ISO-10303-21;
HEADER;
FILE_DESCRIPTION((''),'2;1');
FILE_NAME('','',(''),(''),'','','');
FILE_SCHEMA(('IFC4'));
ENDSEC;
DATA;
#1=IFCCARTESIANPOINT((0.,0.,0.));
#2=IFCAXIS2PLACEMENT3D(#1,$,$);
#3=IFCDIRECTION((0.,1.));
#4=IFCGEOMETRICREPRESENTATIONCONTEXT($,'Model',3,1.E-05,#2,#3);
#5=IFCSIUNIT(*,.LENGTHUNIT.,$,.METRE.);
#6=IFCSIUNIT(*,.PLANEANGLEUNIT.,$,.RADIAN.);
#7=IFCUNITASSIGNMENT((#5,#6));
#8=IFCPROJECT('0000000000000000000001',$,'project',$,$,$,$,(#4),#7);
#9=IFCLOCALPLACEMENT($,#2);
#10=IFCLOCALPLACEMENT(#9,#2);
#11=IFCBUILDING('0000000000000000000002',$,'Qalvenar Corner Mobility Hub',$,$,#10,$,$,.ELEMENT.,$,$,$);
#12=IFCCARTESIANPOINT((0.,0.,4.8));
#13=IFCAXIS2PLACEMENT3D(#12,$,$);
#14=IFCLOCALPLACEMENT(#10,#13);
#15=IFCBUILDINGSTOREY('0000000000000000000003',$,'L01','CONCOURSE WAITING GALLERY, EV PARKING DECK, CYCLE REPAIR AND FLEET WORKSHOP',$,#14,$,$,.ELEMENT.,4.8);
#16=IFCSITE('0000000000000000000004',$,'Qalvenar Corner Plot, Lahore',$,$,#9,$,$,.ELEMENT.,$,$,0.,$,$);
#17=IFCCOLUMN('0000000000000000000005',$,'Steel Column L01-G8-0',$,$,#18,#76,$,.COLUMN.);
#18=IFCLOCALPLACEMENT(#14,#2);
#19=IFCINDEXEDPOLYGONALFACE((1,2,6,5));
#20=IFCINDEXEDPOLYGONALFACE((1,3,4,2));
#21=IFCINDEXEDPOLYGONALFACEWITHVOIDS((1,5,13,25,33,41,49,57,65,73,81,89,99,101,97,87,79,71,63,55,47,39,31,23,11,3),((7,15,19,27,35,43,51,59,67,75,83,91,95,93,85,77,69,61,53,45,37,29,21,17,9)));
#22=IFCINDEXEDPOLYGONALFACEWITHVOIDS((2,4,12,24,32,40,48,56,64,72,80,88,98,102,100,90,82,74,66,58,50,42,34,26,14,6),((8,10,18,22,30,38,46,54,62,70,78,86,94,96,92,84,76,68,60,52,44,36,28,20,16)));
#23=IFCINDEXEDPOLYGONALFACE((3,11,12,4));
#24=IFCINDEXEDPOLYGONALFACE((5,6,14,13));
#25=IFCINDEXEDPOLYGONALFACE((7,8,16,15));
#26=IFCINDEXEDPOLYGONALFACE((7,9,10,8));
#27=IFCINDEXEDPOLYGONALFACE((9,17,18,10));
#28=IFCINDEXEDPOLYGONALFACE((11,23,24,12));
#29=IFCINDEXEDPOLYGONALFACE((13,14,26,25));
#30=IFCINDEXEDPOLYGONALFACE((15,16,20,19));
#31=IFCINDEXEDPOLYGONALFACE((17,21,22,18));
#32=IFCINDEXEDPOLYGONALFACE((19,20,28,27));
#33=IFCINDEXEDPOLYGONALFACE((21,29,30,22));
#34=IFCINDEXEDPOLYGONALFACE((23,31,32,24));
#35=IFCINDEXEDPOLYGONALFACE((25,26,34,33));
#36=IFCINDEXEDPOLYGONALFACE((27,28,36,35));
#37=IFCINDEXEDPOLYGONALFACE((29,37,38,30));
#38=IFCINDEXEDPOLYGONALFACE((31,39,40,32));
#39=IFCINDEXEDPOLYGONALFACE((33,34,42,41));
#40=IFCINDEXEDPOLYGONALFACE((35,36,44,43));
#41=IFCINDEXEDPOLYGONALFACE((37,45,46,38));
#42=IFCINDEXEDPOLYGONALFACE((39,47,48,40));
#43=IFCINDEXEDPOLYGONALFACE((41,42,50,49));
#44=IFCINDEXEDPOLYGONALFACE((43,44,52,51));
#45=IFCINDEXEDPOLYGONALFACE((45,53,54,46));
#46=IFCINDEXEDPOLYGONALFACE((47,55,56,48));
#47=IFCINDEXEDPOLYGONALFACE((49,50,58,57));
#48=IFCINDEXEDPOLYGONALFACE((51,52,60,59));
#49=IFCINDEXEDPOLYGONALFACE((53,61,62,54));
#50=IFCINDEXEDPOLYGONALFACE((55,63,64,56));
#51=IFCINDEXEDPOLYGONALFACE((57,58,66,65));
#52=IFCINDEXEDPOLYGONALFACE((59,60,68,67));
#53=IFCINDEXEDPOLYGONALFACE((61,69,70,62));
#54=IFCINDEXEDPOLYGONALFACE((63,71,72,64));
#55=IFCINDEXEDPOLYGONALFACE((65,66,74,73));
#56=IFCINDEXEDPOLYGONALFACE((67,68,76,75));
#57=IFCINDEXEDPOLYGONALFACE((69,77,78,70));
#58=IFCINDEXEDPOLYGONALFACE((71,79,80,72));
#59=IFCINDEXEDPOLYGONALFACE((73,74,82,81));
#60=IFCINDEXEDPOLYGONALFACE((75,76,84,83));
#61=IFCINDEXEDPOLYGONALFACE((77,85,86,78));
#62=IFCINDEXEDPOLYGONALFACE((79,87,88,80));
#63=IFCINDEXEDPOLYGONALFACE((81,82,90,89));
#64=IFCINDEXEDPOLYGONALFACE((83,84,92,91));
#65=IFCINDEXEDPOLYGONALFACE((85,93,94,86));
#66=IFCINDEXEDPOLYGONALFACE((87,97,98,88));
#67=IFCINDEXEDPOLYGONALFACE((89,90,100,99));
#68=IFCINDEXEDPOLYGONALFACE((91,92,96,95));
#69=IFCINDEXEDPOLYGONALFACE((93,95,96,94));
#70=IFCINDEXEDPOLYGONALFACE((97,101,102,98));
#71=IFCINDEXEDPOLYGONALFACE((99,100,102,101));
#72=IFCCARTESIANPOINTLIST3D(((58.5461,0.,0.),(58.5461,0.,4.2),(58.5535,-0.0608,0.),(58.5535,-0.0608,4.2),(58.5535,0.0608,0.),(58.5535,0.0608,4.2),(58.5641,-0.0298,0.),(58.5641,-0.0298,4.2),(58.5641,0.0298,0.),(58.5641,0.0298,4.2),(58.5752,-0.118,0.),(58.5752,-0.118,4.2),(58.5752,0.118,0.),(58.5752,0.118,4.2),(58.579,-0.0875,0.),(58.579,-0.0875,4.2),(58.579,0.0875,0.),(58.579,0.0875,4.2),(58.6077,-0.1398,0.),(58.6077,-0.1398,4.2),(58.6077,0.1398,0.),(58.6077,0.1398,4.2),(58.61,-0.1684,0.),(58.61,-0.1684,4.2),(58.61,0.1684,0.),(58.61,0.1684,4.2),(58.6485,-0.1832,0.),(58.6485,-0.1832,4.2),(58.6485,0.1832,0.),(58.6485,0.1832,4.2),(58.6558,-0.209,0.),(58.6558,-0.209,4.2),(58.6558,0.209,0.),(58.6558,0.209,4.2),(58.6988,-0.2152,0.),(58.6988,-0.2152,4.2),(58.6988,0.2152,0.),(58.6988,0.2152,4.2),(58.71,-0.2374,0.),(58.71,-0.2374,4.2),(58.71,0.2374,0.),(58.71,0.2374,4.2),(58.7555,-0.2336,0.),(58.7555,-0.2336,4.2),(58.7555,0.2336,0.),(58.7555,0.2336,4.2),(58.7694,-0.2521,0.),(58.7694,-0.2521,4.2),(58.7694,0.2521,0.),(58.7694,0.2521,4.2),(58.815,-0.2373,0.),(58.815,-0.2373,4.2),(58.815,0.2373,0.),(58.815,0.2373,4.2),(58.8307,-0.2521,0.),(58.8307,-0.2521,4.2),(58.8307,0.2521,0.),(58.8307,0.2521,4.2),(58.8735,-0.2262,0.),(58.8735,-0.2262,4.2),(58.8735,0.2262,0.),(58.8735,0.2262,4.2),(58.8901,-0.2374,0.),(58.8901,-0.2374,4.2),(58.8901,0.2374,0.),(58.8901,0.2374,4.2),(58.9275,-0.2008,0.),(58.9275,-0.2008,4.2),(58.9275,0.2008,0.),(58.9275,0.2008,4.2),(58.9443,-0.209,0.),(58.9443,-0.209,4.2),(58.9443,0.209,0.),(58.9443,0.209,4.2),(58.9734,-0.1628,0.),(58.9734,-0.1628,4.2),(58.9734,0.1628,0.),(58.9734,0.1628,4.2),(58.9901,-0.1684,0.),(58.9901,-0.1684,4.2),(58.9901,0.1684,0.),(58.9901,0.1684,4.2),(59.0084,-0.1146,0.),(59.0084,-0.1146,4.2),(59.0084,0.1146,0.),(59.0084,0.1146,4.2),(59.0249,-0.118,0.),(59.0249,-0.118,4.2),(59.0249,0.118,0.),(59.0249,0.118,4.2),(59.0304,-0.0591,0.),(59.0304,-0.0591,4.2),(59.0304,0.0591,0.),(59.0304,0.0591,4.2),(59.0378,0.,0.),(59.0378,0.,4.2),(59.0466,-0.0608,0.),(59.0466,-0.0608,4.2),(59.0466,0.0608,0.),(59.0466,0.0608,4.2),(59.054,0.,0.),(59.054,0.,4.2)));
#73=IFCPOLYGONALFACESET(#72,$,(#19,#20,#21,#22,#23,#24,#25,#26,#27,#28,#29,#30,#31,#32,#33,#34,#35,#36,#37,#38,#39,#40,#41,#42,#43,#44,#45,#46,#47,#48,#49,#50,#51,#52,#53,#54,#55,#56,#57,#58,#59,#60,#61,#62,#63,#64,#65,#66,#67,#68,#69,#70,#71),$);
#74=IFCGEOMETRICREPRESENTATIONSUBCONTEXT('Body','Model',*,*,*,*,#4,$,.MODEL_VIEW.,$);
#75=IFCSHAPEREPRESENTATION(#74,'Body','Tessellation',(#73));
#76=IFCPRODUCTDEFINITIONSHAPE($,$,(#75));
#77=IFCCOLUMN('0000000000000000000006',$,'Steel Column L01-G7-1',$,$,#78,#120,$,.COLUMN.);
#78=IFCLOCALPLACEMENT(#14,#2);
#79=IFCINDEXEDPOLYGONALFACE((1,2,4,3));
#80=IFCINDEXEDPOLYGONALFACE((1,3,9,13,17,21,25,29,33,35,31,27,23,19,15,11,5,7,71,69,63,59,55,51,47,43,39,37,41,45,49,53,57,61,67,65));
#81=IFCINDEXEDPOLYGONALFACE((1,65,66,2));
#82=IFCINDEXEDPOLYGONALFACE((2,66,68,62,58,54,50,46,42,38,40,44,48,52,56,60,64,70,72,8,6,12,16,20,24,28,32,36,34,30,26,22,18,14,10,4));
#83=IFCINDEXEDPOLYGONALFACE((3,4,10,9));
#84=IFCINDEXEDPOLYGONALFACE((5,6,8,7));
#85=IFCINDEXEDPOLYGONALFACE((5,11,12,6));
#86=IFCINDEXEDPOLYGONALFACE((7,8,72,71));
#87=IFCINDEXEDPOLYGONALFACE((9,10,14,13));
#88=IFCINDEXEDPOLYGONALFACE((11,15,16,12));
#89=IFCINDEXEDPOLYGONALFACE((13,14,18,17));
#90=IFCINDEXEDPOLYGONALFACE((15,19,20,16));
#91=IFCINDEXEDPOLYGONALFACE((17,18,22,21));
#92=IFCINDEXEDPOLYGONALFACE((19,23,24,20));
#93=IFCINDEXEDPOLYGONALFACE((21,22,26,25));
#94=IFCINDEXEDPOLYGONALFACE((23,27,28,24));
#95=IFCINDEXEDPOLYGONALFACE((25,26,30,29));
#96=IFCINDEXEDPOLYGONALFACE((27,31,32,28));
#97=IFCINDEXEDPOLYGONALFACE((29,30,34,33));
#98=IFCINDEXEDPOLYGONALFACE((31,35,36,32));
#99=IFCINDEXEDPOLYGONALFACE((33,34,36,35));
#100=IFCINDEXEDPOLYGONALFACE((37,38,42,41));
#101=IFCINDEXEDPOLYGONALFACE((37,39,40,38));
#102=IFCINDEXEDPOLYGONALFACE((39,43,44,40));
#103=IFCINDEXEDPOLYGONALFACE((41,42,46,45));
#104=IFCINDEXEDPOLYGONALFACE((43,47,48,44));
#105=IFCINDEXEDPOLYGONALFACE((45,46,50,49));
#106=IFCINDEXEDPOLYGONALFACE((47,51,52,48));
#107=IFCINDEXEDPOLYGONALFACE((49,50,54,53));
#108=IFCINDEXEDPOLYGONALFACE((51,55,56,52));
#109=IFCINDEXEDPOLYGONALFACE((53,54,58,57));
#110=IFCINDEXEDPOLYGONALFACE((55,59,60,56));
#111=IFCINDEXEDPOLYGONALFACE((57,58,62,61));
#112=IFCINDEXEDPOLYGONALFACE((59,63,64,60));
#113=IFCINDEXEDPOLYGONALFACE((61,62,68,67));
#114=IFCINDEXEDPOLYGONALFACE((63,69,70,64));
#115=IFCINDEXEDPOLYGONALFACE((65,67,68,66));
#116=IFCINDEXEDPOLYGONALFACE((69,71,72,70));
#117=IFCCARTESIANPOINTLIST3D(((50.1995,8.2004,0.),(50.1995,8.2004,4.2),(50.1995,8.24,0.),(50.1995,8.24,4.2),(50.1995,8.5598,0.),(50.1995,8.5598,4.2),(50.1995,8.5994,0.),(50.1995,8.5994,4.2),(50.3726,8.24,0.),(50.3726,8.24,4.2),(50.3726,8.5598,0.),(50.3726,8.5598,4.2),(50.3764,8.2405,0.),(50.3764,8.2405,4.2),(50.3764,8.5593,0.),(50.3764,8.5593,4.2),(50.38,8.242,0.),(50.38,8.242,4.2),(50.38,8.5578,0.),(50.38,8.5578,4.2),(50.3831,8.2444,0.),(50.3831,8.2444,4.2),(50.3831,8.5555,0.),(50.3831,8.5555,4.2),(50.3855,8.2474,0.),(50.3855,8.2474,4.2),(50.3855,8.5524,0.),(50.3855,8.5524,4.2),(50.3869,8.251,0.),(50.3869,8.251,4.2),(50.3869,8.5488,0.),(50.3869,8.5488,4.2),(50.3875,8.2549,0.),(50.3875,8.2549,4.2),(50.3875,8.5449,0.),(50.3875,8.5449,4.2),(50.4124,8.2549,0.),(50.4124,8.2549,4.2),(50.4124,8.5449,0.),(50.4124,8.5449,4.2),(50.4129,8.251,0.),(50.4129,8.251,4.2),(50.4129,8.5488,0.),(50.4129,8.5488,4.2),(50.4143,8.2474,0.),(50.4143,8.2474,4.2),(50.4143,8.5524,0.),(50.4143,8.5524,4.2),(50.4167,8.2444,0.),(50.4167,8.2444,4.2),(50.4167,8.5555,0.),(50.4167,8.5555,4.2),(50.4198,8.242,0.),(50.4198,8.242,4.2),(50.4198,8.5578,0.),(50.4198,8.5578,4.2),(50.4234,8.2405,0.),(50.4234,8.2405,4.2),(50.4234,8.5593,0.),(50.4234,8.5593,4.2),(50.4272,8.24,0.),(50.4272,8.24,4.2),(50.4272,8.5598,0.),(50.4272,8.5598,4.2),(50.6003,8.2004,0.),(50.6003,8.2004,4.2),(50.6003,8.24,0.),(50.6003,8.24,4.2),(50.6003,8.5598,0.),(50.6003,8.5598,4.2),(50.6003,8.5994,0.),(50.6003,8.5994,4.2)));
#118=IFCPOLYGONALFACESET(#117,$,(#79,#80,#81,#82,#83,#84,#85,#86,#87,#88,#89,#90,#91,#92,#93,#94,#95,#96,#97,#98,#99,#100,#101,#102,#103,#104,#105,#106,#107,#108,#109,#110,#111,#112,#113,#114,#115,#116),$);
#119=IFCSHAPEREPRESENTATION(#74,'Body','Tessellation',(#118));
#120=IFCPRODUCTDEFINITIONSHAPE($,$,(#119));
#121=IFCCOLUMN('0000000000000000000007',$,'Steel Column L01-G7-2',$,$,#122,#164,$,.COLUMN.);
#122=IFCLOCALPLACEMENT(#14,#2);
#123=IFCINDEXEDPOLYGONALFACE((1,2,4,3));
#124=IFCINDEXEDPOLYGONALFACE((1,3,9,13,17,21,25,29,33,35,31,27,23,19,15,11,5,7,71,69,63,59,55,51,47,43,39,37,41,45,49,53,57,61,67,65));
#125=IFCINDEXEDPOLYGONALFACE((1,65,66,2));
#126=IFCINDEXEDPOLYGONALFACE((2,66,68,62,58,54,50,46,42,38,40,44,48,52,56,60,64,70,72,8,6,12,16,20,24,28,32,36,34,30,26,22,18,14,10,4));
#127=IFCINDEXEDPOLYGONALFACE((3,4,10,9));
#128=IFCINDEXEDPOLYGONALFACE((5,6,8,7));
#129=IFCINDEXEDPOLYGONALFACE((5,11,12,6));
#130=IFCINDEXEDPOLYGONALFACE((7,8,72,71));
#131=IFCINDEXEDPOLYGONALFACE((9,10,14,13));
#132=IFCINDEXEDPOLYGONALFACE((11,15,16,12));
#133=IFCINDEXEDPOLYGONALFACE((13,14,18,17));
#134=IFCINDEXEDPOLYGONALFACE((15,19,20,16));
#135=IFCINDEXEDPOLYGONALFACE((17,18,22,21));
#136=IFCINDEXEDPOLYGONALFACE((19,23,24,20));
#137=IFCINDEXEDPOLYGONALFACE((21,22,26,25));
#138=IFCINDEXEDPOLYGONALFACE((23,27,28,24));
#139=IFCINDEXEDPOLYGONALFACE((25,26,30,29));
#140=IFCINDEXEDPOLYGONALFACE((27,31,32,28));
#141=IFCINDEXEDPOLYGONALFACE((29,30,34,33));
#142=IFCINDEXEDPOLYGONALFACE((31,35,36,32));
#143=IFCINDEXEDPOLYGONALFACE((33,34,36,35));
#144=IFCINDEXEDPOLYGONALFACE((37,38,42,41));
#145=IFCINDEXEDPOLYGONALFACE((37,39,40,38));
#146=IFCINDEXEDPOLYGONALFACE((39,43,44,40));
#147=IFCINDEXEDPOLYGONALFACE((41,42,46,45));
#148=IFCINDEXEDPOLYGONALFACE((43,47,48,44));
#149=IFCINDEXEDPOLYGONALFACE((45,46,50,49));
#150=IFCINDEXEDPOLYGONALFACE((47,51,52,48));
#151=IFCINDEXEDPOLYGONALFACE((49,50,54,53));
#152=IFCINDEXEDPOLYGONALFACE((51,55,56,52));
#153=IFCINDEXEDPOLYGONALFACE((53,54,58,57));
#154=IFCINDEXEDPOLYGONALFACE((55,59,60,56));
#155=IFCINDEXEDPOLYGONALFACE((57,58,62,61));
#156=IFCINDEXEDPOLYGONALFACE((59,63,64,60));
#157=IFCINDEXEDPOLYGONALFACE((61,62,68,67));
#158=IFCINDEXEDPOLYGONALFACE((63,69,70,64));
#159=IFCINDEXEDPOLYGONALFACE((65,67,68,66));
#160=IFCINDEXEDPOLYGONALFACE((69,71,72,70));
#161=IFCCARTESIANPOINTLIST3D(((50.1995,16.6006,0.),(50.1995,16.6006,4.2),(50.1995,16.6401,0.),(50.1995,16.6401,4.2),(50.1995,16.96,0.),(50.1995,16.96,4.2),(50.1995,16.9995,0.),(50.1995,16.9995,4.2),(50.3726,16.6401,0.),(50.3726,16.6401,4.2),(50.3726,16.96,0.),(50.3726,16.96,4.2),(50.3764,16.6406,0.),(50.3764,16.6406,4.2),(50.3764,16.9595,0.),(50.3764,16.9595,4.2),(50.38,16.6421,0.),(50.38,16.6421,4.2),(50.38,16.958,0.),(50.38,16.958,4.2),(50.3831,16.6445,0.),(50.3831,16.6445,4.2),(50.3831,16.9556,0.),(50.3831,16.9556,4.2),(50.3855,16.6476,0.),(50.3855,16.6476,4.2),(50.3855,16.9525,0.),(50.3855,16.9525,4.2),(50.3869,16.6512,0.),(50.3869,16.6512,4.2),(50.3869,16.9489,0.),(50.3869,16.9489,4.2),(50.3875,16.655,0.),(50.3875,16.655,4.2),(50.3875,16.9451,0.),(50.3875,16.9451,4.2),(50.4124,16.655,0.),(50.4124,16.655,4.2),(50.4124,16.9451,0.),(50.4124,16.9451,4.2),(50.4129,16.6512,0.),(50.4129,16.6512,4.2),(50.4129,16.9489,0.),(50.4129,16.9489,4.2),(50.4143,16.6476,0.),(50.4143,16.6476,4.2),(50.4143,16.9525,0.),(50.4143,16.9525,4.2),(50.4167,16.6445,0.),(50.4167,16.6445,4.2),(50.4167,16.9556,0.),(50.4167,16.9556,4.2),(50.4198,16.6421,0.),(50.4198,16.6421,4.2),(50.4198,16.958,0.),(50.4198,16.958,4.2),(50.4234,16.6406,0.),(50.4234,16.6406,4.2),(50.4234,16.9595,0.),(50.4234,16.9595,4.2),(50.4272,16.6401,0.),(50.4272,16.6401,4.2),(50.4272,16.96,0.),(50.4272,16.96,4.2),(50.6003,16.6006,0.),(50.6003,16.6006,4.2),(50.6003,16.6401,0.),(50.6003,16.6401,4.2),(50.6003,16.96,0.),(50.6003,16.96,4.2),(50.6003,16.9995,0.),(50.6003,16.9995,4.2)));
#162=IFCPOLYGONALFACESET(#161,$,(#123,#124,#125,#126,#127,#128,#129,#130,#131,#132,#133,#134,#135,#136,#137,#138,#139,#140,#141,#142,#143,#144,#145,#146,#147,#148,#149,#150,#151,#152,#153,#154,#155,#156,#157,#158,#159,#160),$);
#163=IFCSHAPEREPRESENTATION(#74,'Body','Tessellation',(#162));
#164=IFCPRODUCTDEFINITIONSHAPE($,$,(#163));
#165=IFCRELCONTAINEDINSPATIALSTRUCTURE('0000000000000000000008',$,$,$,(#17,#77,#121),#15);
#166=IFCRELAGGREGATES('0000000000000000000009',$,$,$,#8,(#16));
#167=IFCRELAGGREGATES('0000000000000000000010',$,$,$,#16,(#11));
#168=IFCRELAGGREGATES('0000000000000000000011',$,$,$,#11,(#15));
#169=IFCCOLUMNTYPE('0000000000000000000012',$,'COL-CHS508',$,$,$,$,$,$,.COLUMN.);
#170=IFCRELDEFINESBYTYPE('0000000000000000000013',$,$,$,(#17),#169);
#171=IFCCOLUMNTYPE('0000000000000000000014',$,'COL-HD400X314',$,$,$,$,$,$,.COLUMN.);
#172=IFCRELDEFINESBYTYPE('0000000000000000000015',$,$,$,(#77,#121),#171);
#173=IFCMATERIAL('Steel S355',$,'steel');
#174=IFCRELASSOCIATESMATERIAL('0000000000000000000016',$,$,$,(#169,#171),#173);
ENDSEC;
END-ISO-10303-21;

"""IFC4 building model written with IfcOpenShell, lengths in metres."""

from ifc_helpers import new_model, si_unit, direction, frame, origin, origin_2d, place, context, subcontext, project, spatial, hollow_circle, i_section, extrude, material, material_profile, profile_set, type_object, element, save


model = new_model("IFC4")

# Units and contexts
model_context = context("Model", 3, precision=1e-05, world=origin(), true_north=direction((0.0, 1.0)))
body_context = subcontext(model_context, "Body", "Model", "MODEL_VIEW")
ifc_project = project(units=[si_unit("LENGTHUNIT", "METRE"), si_unit("PLANEANGLEUNIT", "RADIAN")], contexts=[model_context])

# Site, building, storey
site_placement = place(None, origin())
site = spatial("IfcSite", under=ifc_project, at=site_placement, Name="Qalvenar Corner Plot, Lahore", CompositionType="ELEMENT", RefElevation=0.0)
building_placement = place(site_placement, origin())
building = spatial("IfcBuilding", under=site, at=building_placement, Name="Qalvenar Corner Mobility Hub", CompositionType="ELEMENT")
storey_placement = place(building_placement, frame((0.0, 0.0, 4.8)))
storey = spatial("IfcBuildingStorey", under=building, at=storey_placement, Name="L01", Description="CONCOURSE WAITING GALLERY, EV PARKING DECK, CYCLE REPAIR AND FLEET WORKSHOP", CompositionType="ELEMENT", Elevation=4.8)

# Columns
ifc_material_1 = material(Name="Steel S355", Category="steel")
ifc_material_profile_1 = material_profile(ifc_material_1, hollow_circle(Radius=0.2539, WallThickness=0.0161, at=origin_2d()), Name="CHS508x16")
ifc_profile_set_1 = profile_set([ifc_material_profile_1], Name="Steel S355")
column_type_1 = type_object("IfcColumnType", Name="COL-CHS508", PredefinedType="COLUMN", material=ifc_profile_set_1)
column_placement = place(storey_placement, frame((58.8, 0.0, 0.0), z_axis=(0.0, 0.0, 1.0), x_axis=(1.0, 0.0, 0.0)))
element("IfcColumn", 1, at=column_placement, inside=storey, type_object=column_type_1, Name="Steel Column L01-G8-0", PredefinedType="COLUMN", context=body_context, shape_type="SweptSolid", body=[
    extrude(hollow_circle(Radius=0.2539, WallThickness=0.0161, at=origin_2d()), origin(), (0.0, 0.0, 1.0), 4.2),
])
ifc_material_profile_2 = material_profile(ifc_material_1, i_section(OverallWidth=0.4009, OverallDepth=0.3989, WebThickness=0.0249, FlangeThickness=0.0396, FilletRadius=0.0149, at=origin_2d()), Name="HD400x314")
ifc_profile_set_2 = profile_set([ifc_material_profile_2], Name="Steel S355")
column_type_2 = type_object("IfcColumnType", Name="COL-HD400X314", PredefinedType="COLUMN", material=ifc_profile_set_2)
for number, where, z_axis, x_axis, name in (
    (2, (50.3999, 8.3999, 0.0), (0.0, 0.0, 1.0), (1.0, 0.0, 0.0), "Steel Column L01-G7-1"),
    (3, (50.3999, 16.8, 0.0), (0.0, 0.0, 1.0), (1.0, 0.0, 0.0), "Steel Column L01-G7-2"),
):
    element("IfcColumn", number, at=place(storey_placement, frame(where, z_axis=z_axis, x_axis=x_axis)), inside=storey, type_object=column_type_2, Name=name, PredefinedType="COLUMN", context=body_context, shape_type="SweptSolid", body=[
        extrude(i_section(OverallWidth=0.4009, OverallDepth=0.3989, WebThickness=0.0249, FlangeThickness=0.0396, FilletRadius=0.0149, at=origin_2d()), origin(), (0.0, 0.0, 1.0), 4.2),
    ])

save(model, "model.ifc")
